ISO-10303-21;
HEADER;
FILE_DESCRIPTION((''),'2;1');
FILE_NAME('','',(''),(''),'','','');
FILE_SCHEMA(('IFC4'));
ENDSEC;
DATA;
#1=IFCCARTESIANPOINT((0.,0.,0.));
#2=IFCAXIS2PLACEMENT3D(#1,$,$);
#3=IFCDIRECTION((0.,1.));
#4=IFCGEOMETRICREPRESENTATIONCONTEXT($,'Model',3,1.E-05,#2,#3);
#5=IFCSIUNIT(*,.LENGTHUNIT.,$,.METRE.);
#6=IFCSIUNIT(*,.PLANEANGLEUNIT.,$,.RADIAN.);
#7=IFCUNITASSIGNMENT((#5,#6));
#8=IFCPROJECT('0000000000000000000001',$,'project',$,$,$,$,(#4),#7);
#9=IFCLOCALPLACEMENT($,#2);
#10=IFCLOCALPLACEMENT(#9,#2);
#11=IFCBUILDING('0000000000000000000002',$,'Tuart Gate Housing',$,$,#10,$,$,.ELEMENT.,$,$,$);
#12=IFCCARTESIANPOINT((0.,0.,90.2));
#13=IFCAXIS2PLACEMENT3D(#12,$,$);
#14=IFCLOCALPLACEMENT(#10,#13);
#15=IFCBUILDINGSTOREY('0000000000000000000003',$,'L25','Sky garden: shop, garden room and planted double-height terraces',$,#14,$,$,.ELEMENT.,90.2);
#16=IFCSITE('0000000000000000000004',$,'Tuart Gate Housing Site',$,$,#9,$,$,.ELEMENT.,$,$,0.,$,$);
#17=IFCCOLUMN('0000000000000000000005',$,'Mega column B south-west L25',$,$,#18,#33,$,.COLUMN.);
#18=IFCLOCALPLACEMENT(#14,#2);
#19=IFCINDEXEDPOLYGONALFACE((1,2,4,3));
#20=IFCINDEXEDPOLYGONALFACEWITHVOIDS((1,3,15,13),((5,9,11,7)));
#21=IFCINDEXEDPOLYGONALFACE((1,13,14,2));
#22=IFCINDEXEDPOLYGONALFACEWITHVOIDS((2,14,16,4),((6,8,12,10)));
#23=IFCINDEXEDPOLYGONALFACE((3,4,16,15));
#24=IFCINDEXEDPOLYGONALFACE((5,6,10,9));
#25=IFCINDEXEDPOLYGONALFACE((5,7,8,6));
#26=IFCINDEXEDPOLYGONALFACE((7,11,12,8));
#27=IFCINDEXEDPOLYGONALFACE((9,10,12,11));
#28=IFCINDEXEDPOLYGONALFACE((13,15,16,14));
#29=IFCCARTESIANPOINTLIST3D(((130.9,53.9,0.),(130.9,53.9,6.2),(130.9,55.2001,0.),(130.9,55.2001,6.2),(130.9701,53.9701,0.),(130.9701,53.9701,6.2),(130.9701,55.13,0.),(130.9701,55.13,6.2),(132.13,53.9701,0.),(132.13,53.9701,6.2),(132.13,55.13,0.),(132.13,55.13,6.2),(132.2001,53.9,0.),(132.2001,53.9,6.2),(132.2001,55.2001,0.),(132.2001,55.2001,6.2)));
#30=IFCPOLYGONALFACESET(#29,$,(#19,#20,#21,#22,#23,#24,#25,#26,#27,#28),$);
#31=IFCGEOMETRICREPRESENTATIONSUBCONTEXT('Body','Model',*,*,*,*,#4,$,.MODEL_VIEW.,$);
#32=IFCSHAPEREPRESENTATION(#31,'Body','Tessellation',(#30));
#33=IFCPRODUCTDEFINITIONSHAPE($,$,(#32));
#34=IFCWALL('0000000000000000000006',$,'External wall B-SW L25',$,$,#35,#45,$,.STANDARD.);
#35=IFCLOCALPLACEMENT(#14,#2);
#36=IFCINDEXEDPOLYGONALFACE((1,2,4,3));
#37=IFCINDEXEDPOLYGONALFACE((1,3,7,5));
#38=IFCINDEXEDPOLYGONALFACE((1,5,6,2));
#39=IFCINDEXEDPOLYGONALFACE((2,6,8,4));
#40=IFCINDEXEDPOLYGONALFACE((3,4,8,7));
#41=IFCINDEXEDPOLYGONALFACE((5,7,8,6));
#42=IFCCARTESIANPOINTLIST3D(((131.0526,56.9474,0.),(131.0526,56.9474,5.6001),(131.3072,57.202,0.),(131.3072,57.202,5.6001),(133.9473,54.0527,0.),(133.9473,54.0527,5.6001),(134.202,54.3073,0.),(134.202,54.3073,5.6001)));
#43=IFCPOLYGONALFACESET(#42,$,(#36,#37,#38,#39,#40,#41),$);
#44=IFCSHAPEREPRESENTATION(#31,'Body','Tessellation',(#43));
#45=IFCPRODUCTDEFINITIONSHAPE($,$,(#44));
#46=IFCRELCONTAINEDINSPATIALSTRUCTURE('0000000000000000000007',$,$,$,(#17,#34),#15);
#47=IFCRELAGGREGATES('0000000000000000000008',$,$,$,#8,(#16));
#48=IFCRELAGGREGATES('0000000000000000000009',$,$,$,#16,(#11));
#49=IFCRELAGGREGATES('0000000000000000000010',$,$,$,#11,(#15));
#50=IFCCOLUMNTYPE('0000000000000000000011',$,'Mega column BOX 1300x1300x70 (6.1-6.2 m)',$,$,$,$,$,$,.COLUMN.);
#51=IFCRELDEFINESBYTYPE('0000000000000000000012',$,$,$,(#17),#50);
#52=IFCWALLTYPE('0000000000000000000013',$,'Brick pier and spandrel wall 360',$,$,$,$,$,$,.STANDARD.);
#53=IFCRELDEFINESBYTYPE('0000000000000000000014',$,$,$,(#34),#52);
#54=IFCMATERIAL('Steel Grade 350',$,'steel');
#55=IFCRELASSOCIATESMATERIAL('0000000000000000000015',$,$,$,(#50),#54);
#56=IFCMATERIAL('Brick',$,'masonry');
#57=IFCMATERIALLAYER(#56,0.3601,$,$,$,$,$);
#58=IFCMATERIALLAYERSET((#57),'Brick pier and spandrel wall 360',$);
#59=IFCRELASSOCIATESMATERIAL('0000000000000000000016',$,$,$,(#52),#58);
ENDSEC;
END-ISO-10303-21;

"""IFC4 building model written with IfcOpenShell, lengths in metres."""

from ifc_helpers import new_model, si_unit, direction, frame, frame_2d, origin, origin_2d, place, context, subcontext, project, spatial, rectangle, hollow_rectangle, extrude, material, layer, layer_set, material_profile, profile_set, type_object, element, save


model = new_model("IFC4")

# Units and contexts
model_context = context("Model", 3, precision=1e-05, world=origin(), true_north=direction((0.0, 1.0)))
body_context = subcontext(model_context, "Body", "Model", "MODEL_VIEW")
ifc_project = project(units=[si_unit("LENGTHUNIT", "METRE"), si_unit("PLANEANGLEUNIT", "RADIAN")], contexts=[model_context])

# Site, building, storey
site_placement = place(None, origin())
site = spatial("IfcSite", under=ifc_project, at=site_placement, Name="Tuart Gate Housing Site", CompositionType="ELEMENT", RefElevation=0.0)
building_placement = place(site_placement, origin())
building = spatial("IfcBuilding", under=site, at=building_placement, Name="Tuart Gate Housing", CompositionType="ELEMENT")
storey_placement = place(building_placement, frame((0.0, 0.0, 90.2)))
storey = spatial("IfcBuildingStorey", under=building, at=storey_placement, Name="L25", Description="Sky garden: shop, garden room and planted double-height terraces", CompositionType="ELEMENT", Elevation=90.2)

# Column
ifc_material_1 = material(Name="Steel Grade 350", Category="steel")
ifc_material_profile = material_profile(ifc_material_1, hollow_rectangle(XDim=1.3, YDim=1.3, WallThickness=0.0701, at=origin_2d()), Name="BOX 1300x1300x70")
ifc_profile_set = profile_set([ifc_material_profile], Name="Steel Grade 350")
column_type = type_object("IfcColumnType", Name="Mega column BOX 1300x1300x70 (6.1-6.2 m)", PredefinedType="COLUMN", material=ifc_profile_set)
column_placement = place(storey_placement, frame((131.55, 54.55, 0.0), z_axis=(0.0, 0.0, 1.0), x_axis=(1.0, 0.0, 0.0)))
element("IfcColumn", 1, at=column_placement, inside=storey, type_object=column_type, Name="Mega column B south-west L25", PredefinedType="COLUMN", context=body_context, shape_type="SweptSolid", body=[
    extrude(hollow_rectangle(XDim=1.3, YDim=1.3, WallThickness=0.0701, at=origin_2d()), origin(), (0.0, 0.0, 1.0), 6.2),
])

# Wall
ifc_material_2 = material(Name="Brick", Category="masonry")
ifc_layer_1 = layer(ifc_material_2, 0.3601)
ifc_layer_set_1 = layer_set([ifc_layer_1], Name="Brick pier and spandrel wall 360")
wall_type_1 = type_object("IfcWallType", Name="Brick pier and spandrel wall 360", PredefinedType="STANDARD", material=ifc_layer_set_1)
wall_1_placement = place(storey_placement, frame((131.1799, 57.0747, 0.0), z_axis=(0.0, 0.0, 1.0), x_axis=(0.707107, -0.707107, 0.0)))
element("IfcWall", 2, at=wall_1_placement, inside=storey, type_object=wall_type_1, Name="External wall B-SW L25", PredefinedType="STANDARD", context=body_context, shape_type="SweptSolid", body=[
    extrude(rectangle(XDim=4.0938, YDim=0.3601, at=frame_2d((2.0469, 0.0))), origin(), (0.0, 0.0, 1.0), 5.6001),
])

save(model, "model.ifc")
